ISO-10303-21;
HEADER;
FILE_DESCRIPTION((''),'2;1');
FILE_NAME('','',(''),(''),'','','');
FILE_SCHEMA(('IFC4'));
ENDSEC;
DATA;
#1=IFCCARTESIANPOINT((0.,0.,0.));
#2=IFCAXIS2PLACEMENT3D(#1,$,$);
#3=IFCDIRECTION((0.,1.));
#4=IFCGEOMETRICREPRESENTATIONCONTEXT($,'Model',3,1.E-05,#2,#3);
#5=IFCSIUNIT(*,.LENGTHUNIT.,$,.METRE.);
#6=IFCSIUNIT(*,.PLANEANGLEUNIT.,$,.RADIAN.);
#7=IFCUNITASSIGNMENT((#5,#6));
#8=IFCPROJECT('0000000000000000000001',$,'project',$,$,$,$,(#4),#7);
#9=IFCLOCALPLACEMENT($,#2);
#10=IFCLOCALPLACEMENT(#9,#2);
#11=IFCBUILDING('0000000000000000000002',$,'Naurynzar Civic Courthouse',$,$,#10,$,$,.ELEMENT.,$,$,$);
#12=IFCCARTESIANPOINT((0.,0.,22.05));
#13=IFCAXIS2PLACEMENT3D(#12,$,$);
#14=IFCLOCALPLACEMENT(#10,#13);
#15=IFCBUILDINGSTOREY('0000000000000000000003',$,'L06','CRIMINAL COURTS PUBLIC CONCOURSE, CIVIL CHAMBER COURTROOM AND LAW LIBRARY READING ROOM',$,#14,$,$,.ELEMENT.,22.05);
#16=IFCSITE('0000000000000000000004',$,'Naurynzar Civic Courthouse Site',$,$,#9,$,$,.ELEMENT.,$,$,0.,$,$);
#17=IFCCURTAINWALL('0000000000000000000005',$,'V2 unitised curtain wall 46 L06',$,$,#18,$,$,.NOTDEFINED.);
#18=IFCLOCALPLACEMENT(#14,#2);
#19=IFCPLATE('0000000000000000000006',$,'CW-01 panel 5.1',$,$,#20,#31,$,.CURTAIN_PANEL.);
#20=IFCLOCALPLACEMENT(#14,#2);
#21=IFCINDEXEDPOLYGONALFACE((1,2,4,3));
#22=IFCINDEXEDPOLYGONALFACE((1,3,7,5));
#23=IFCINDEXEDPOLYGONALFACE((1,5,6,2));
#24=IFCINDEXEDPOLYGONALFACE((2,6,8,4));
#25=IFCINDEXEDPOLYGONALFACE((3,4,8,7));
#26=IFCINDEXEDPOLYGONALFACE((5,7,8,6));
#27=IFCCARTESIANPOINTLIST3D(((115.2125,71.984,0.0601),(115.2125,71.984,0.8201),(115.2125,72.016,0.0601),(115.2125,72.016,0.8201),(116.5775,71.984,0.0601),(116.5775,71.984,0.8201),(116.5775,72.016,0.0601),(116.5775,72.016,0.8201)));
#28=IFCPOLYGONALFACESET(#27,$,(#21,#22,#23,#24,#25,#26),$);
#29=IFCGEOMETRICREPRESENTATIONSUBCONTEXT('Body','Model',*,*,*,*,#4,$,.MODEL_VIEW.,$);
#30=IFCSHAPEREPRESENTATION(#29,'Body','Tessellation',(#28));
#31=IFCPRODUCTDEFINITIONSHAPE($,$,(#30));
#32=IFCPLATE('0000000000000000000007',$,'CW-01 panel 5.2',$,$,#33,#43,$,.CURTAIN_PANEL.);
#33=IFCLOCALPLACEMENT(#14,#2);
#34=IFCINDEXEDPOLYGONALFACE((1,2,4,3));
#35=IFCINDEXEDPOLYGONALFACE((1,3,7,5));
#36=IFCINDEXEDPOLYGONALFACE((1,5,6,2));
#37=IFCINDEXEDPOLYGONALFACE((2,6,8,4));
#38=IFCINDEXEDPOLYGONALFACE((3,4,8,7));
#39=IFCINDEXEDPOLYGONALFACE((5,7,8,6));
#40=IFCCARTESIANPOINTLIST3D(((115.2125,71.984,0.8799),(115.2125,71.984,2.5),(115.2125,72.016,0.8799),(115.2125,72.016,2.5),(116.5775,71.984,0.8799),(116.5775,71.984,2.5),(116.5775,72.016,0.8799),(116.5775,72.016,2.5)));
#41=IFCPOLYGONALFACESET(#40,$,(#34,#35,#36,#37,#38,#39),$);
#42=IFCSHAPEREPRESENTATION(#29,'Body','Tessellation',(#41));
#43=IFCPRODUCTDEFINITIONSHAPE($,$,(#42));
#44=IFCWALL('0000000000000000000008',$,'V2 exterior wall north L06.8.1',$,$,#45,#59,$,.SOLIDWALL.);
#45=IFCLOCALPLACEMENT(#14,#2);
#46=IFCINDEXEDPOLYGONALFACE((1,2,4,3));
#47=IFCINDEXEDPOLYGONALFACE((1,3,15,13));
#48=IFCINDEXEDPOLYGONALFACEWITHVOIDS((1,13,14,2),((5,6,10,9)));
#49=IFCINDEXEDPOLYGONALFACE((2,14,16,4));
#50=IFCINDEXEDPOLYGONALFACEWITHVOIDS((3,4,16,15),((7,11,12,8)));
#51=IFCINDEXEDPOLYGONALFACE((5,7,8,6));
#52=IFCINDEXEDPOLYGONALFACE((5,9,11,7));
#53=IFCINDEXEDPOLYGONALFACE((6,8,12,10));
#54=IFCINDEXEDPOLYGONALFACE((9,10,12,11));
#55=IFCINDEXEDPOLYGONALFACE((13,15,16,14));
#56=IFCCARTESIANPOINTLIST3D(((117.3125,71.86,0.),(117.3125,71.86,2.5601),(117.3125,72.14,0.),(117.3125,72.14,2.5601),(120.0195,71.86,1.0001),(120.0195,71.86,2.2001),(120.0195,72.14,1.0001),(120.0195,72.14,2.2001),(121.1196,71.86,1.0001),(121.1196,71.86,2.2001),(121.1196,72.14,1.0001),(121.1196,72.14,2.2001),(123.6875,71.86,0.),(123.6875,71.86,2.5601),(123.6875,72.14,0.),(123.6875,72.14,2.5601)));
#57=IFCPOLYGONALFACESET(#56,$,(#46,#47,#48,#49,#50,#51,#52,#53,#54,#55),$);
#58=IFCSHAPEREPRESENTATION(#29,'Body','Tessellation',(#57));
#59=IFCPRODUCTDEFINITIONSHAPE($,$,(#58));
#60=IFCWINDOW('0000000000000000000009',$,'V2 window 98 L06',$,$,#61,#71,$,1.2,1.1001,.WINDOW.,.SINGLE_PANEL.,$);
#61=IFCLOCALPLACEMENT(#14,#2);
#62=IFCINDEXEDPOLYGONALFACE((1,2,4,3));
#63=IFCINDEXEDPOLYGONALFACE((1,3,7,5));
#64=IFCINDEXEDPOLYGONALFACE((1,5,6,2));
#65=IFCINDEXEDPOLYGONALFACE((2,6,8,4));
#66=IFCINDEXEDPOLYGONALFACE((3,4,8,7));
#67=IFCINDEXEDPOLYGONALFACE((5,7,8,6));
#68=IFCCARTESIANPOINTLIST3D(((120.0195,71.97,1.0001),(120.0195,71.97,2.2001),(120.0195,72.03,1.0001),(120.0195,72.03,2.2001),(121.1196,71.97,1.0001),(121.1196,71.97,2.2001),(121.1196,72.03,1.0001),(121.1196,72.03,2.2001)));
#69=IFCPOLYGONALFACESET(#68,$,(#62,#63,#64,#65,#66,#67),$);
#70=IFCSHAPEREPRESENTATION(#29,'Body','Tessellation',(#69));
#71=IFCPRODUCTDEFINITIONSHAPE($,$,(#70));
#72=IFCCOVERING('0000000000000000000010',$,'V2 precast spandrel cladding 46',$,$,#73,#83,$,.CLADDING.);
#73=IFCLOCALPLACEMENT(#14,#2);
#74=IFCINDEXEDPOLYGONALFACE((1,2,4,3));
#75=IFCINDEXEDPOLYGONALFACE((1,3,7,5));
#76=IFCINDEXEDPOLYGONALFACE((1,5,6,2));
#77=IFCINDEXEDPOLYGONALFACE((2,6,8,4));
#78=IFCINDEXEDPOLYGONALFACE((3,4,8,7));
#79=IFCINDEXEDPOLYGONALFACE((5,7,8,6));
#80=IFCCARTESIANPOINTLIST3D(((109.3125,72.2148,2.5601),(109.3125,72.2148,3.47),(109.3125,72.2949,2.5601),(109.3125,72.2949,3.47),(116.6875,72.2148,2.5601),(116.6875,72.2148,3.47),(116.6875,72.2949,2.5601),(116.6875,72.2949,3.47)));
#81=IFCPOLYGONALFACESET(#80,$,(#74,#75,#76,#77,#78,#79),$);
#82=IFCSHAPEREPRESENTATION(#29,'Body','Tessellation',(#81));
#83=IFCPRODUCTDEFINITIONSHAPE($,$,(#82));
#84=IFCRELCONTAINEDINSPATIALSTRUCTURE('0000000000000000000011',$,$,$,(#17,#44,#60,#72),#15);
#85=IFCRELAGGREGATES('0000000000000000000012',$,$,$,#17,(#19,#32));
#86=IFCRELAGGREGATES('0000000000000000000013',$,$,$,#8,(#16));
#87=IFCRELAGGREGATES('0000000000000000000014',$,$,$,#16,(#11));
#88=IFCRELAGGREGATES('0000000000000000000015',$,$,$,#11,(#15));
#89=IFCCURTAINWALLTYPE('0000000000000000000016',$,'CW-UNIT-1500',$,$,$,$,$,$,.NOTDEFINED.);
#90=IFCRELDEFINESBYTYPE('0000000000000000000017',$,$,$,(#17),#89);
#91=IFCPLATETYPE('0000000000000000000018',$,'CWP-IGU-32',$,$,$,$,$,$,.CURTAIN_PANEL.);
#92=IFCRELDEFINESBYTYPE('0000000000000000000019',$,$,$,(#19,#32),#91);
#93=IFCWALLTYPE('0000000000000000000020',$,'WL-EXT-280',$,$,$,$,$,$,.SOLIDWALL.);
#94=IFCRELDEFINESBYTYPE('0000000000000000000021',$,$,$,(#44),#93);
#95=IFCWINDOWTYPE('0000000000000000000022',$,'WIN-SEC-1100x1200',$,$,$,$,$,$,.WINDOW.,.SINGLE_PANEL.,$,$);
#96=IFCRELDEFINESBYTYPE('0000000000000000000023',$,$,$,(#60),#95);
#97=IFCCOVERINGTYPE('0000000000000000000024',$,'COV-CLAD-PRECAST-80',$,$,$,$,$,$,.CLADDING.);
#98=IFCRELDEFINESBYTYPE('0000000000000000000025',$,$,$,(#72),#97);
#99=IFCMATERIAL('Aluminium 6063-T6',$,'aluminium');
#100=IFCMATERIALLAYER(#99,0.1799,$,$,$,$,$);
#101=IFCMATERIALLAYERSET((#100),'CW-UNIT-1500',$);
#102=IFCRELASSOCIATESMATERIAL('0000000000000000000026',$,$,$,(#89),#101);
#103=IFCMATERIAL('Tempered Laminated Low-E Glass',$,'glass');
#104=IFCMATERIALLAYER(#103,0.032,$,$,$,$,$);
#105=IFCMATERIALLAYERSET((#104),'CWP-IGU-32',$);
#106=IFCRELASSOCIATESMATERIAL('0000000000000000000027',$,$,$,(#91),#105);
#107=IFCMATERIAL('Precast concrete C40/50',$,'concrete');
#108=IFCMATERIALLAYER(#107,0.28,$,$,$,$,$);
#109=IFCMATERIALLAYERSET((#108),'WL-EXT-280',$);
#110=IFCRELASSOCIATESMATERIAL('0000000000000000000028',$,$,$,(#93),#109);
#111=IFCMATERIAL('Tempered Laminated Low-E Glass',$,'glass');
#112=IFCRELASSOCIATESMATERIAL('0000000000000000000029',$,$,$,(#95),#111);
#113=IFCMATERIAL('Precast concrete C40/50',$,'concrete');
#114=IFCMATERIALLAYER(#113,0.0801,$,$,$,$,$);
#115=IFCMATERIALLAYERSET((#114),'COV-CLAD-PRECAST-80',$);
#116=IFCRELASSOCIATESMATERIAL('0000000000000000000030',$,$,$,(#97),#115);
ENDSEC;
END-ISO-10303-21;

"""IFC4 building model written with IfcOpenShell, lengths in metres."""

from ifc_helpers import new_model, si_unit, direction, frame, frame_2d, origin, origin_2d, place, context, subcontext, project, spatial, rectangle, extrude, material, layer, layer_set, type_object, element, fill, aggregate, save


model = new_model("IFC4")

# Units and contexts
model_context = context("Model", 3, precision=1e-05, world=origin(), true_north=direction((0.0, 1.0)))
body_context = subcontext(model_context, "Body", "Model", "MODEL_VIEW")
ifc_project = project(units=[si_unit("LENGTHUNIT", "METRE"), si_unit("PLANEANGLEUNIT", "RADIAN")], contexts=[model_context])

# Site, building, storey
site_placement = place(None, origin())
site = spatial("IfcSite", under=ifc_project, at=site_placement, Name="Naurynzar Civic Courthouse Site", CompositionType="ELEMENT", RefElevation=0.0)
building_placement = place(site_placement, origin())
building = spatial("IfcBuilding", under=site, at=building_placement, Name="Naurynzar Civic Courthouse", CompositionType="ELEMENT")
storey_placement = place(building_placement, frame((0.0, 0.0, 22.05)))
storey = spatial("IfcBuildingStorey", under=building, at=storey_placement, Name="L06", Description="CRIMINAL COURTS PUBLIC CONCOURSE, CIVIL CHAMBER COURTROOM AND LAW LIBRARY READING ROOM", CompositionType="ELEMENT", Elevation=22.05)

# Curtain wall, plates
ifc_material_1 = material(Name="Aluminium 6063-T6", Category="aluminium")
ifc_layer_1 = layer(ifc_material_1, 0.1799)
ifc_layer_set_1 = layer_set([ifc_layer_1], Name="CW-UNIT-1500")
curtain_wall_type = type_object("IfcCurtainWallType", Name="CW-UNIT-1500", PredefinedType="NOTDEFINED", material=ifc_layer_set_1)
curtain_wall_placement = place(storey_placement, origin())
curtain_wall = element("IfcCurtainWall", 1, at=curtain_wall_placement, inside=storey, type_object=curtain_wall_type, Name="V2 unitised curtain wall 46 L06", PredefinedType="NOTDEFINED")
ifc_material_2 = material(Name="Tempered Laminated Low-E Glass", Category="glass")
ifc_layer_2 = layer(ifc_material_2, 0.032)
ifc_layer_set_2 = layer_set([ifc_layer_2], Name="CWP-IGU-32")
plate_type = type_object("IfcPlateType", Name="CWP-IGU-32", PredefinedType="CURTAIN_PANEL", material=ifc_layer_set_2)
plate_1_placement = place(storey_placement, frame((115.895, 72.0, 0.0601), z_axis=(0.0, 0.0, 1.0), x_axis=(1.0, 0.0, 0.0)))
plate_1 = element("IfcPlate", 2, at=plate_1_placement, type_object=plate_type, Name="CW-01 panel 5.1", PredefinedType="CURTAIN_PANEL", context=body_context, shape_type="SweptSolid", body=[
    extrude(rectangle(XDim=1.365, YDim=0.032, at=origin_2d()), origin(), (0.0, 0.0, 1.0), 0.76),
])
plate_2_placement = place(storey_placement, frame((115.895, 72.0, 0.8799), z_axis=(0.0, 0.0, 1.0), x_axis=(1.0, 0.0, 0.0)))
plate_2 = element("IfcPlate", 3, at=plate_2_placement, type_object=plate_type, Name="CW-01 panel 5.2", PredefinedType="CURTAIN_PANEL", context=body_context, shape_type="SweptSolid", body=[
    extrude(rectangle(XDim=1.365, YDim=0.032, at=origin_2d()), origin(), (0.0, 0.0, 1.0), 1.6201),
])
aggregate(curtain_wall, [plate_1, plate_2])

# Wall, opening, window
ifc_material_3 = material(Name="Precast concrete C40/50", Category="concrete")
ifc_layer_3 = layer(ifc_material_3, 0.28)
ifc_layer_set_3 = layer_set([ifc_layer_3], Name="WL-EXT-280")
wall_type = type_object("IfcWallType", Name="WL-EXT-280", PredefinedType="SOLIDWALL", material=ifc_layer_set_3)
wall_placement = place(storey_placement, frame((117.3125, 72.0, 0.0), z_axis=(0.0, 0.0, 1.0), x_axis=(1.0, 0.0, 0.0)))
wall = element("IfcWall", 4, at=wall_placement, inside=storey, type_object=wall_type, Name="V2 exterior wall north L06.8.1", PredefinedType="SOLIDWALL", context=body_context, shape_type="SweptSolid", body=[
    extrude(rectangle(XDim=6.375, YDim=0.28, at=frame_2d((3.1875, 0.0))), origin(), (0.0, 0.0, 1.0), 2.5601),
])
opening_placement = place(wall_placement, frame((2.707, 0.0, 1.0)))
opening = element("IfcOpeningElement", 5, at=opening_placement, cuts=wall, PredefinedType="OPENING", context=body_context, shape_type="SweptSolid", body=[
    extrude(rectangle(XDim=1.1001, YDim=1.2, at=frame_2d((0.55, 0.6001))), frame((0.0, 0.1499, 0.0), z_axis=(0.0, -1.0, 0.0), x_axis=(1.0, 0.0, 0.0)), (0.0, 0.0, 1.0), 0.3),
])
ifc_material_4 = material(Name="Tempered Laminated Low-E Glass", Category="glass")
window_type = type_object("IfcWindowType", Name="WIN-SEC-1100x1200", PartitioningType="SINGLE_PANEL", PredefinedType="WINDOW", material=ifc_material_4)
window_placement = place(opening_placement, origin())
window = element("IfcWindow", 6, at=window_placement, inside=storey, type_object=window_type, Name="V2 window 98 L06", OverallHeight=1.2, OverallWidth=1.1001, PartitioningType="SINGLE_PANEL", PredefinedType="WINDOW", context=body_context, shape_type="SweptSolid", body=[
    extrude(rectangle(XDim=1.1001, YDim=1.2, at=frame_2d((0.55, 0.6001))), frame((0.0, 0.03, 0.0), z_axis=(0.0, -1.0, 0.0), x_axis=(1.0, 0.0, 0.0)), (0.0, 0.0, 1.0), 0.0601),
])
fill(opening, window)

# Covering
ifc_material_5 = material(Name="Precast concrete C40/50", Category="concrete")
ifc_layer_4 = layer(ifc_material_5, 0.0801)
ifc_layer_set_4 = layer_set([ifc_layer_4], Name="COV-CLAD-PRECAST-80")
covering_type = type_object("IfcCoveringType", Name="COV-CLAD-PRECAST-80", PredefinedType="CLADDING", material=ifc_layer_set_4)
covering_placement = place(storey_placement, frame((113.0, 72.2549, 2.5601), z_axis=(0.0, 0.0, 1.0), x_axis=(1.0, 0.0, 0.0)))
element("IfcCovering", 7, at=covering_placement, inside=storey, type_object=covering_type, Name="V2 precast spandrel cladding 46", PredefinedType="CLADDING", context=body_context, shape_type="SweptSolid", body=[
    extrude(rectangle(XDim=7.375, YDim=0.0801, at=origin_2d()), origin(), (0.0, 0.0, 1.0), 0.9099),
])

save(model, "model.ifc")
